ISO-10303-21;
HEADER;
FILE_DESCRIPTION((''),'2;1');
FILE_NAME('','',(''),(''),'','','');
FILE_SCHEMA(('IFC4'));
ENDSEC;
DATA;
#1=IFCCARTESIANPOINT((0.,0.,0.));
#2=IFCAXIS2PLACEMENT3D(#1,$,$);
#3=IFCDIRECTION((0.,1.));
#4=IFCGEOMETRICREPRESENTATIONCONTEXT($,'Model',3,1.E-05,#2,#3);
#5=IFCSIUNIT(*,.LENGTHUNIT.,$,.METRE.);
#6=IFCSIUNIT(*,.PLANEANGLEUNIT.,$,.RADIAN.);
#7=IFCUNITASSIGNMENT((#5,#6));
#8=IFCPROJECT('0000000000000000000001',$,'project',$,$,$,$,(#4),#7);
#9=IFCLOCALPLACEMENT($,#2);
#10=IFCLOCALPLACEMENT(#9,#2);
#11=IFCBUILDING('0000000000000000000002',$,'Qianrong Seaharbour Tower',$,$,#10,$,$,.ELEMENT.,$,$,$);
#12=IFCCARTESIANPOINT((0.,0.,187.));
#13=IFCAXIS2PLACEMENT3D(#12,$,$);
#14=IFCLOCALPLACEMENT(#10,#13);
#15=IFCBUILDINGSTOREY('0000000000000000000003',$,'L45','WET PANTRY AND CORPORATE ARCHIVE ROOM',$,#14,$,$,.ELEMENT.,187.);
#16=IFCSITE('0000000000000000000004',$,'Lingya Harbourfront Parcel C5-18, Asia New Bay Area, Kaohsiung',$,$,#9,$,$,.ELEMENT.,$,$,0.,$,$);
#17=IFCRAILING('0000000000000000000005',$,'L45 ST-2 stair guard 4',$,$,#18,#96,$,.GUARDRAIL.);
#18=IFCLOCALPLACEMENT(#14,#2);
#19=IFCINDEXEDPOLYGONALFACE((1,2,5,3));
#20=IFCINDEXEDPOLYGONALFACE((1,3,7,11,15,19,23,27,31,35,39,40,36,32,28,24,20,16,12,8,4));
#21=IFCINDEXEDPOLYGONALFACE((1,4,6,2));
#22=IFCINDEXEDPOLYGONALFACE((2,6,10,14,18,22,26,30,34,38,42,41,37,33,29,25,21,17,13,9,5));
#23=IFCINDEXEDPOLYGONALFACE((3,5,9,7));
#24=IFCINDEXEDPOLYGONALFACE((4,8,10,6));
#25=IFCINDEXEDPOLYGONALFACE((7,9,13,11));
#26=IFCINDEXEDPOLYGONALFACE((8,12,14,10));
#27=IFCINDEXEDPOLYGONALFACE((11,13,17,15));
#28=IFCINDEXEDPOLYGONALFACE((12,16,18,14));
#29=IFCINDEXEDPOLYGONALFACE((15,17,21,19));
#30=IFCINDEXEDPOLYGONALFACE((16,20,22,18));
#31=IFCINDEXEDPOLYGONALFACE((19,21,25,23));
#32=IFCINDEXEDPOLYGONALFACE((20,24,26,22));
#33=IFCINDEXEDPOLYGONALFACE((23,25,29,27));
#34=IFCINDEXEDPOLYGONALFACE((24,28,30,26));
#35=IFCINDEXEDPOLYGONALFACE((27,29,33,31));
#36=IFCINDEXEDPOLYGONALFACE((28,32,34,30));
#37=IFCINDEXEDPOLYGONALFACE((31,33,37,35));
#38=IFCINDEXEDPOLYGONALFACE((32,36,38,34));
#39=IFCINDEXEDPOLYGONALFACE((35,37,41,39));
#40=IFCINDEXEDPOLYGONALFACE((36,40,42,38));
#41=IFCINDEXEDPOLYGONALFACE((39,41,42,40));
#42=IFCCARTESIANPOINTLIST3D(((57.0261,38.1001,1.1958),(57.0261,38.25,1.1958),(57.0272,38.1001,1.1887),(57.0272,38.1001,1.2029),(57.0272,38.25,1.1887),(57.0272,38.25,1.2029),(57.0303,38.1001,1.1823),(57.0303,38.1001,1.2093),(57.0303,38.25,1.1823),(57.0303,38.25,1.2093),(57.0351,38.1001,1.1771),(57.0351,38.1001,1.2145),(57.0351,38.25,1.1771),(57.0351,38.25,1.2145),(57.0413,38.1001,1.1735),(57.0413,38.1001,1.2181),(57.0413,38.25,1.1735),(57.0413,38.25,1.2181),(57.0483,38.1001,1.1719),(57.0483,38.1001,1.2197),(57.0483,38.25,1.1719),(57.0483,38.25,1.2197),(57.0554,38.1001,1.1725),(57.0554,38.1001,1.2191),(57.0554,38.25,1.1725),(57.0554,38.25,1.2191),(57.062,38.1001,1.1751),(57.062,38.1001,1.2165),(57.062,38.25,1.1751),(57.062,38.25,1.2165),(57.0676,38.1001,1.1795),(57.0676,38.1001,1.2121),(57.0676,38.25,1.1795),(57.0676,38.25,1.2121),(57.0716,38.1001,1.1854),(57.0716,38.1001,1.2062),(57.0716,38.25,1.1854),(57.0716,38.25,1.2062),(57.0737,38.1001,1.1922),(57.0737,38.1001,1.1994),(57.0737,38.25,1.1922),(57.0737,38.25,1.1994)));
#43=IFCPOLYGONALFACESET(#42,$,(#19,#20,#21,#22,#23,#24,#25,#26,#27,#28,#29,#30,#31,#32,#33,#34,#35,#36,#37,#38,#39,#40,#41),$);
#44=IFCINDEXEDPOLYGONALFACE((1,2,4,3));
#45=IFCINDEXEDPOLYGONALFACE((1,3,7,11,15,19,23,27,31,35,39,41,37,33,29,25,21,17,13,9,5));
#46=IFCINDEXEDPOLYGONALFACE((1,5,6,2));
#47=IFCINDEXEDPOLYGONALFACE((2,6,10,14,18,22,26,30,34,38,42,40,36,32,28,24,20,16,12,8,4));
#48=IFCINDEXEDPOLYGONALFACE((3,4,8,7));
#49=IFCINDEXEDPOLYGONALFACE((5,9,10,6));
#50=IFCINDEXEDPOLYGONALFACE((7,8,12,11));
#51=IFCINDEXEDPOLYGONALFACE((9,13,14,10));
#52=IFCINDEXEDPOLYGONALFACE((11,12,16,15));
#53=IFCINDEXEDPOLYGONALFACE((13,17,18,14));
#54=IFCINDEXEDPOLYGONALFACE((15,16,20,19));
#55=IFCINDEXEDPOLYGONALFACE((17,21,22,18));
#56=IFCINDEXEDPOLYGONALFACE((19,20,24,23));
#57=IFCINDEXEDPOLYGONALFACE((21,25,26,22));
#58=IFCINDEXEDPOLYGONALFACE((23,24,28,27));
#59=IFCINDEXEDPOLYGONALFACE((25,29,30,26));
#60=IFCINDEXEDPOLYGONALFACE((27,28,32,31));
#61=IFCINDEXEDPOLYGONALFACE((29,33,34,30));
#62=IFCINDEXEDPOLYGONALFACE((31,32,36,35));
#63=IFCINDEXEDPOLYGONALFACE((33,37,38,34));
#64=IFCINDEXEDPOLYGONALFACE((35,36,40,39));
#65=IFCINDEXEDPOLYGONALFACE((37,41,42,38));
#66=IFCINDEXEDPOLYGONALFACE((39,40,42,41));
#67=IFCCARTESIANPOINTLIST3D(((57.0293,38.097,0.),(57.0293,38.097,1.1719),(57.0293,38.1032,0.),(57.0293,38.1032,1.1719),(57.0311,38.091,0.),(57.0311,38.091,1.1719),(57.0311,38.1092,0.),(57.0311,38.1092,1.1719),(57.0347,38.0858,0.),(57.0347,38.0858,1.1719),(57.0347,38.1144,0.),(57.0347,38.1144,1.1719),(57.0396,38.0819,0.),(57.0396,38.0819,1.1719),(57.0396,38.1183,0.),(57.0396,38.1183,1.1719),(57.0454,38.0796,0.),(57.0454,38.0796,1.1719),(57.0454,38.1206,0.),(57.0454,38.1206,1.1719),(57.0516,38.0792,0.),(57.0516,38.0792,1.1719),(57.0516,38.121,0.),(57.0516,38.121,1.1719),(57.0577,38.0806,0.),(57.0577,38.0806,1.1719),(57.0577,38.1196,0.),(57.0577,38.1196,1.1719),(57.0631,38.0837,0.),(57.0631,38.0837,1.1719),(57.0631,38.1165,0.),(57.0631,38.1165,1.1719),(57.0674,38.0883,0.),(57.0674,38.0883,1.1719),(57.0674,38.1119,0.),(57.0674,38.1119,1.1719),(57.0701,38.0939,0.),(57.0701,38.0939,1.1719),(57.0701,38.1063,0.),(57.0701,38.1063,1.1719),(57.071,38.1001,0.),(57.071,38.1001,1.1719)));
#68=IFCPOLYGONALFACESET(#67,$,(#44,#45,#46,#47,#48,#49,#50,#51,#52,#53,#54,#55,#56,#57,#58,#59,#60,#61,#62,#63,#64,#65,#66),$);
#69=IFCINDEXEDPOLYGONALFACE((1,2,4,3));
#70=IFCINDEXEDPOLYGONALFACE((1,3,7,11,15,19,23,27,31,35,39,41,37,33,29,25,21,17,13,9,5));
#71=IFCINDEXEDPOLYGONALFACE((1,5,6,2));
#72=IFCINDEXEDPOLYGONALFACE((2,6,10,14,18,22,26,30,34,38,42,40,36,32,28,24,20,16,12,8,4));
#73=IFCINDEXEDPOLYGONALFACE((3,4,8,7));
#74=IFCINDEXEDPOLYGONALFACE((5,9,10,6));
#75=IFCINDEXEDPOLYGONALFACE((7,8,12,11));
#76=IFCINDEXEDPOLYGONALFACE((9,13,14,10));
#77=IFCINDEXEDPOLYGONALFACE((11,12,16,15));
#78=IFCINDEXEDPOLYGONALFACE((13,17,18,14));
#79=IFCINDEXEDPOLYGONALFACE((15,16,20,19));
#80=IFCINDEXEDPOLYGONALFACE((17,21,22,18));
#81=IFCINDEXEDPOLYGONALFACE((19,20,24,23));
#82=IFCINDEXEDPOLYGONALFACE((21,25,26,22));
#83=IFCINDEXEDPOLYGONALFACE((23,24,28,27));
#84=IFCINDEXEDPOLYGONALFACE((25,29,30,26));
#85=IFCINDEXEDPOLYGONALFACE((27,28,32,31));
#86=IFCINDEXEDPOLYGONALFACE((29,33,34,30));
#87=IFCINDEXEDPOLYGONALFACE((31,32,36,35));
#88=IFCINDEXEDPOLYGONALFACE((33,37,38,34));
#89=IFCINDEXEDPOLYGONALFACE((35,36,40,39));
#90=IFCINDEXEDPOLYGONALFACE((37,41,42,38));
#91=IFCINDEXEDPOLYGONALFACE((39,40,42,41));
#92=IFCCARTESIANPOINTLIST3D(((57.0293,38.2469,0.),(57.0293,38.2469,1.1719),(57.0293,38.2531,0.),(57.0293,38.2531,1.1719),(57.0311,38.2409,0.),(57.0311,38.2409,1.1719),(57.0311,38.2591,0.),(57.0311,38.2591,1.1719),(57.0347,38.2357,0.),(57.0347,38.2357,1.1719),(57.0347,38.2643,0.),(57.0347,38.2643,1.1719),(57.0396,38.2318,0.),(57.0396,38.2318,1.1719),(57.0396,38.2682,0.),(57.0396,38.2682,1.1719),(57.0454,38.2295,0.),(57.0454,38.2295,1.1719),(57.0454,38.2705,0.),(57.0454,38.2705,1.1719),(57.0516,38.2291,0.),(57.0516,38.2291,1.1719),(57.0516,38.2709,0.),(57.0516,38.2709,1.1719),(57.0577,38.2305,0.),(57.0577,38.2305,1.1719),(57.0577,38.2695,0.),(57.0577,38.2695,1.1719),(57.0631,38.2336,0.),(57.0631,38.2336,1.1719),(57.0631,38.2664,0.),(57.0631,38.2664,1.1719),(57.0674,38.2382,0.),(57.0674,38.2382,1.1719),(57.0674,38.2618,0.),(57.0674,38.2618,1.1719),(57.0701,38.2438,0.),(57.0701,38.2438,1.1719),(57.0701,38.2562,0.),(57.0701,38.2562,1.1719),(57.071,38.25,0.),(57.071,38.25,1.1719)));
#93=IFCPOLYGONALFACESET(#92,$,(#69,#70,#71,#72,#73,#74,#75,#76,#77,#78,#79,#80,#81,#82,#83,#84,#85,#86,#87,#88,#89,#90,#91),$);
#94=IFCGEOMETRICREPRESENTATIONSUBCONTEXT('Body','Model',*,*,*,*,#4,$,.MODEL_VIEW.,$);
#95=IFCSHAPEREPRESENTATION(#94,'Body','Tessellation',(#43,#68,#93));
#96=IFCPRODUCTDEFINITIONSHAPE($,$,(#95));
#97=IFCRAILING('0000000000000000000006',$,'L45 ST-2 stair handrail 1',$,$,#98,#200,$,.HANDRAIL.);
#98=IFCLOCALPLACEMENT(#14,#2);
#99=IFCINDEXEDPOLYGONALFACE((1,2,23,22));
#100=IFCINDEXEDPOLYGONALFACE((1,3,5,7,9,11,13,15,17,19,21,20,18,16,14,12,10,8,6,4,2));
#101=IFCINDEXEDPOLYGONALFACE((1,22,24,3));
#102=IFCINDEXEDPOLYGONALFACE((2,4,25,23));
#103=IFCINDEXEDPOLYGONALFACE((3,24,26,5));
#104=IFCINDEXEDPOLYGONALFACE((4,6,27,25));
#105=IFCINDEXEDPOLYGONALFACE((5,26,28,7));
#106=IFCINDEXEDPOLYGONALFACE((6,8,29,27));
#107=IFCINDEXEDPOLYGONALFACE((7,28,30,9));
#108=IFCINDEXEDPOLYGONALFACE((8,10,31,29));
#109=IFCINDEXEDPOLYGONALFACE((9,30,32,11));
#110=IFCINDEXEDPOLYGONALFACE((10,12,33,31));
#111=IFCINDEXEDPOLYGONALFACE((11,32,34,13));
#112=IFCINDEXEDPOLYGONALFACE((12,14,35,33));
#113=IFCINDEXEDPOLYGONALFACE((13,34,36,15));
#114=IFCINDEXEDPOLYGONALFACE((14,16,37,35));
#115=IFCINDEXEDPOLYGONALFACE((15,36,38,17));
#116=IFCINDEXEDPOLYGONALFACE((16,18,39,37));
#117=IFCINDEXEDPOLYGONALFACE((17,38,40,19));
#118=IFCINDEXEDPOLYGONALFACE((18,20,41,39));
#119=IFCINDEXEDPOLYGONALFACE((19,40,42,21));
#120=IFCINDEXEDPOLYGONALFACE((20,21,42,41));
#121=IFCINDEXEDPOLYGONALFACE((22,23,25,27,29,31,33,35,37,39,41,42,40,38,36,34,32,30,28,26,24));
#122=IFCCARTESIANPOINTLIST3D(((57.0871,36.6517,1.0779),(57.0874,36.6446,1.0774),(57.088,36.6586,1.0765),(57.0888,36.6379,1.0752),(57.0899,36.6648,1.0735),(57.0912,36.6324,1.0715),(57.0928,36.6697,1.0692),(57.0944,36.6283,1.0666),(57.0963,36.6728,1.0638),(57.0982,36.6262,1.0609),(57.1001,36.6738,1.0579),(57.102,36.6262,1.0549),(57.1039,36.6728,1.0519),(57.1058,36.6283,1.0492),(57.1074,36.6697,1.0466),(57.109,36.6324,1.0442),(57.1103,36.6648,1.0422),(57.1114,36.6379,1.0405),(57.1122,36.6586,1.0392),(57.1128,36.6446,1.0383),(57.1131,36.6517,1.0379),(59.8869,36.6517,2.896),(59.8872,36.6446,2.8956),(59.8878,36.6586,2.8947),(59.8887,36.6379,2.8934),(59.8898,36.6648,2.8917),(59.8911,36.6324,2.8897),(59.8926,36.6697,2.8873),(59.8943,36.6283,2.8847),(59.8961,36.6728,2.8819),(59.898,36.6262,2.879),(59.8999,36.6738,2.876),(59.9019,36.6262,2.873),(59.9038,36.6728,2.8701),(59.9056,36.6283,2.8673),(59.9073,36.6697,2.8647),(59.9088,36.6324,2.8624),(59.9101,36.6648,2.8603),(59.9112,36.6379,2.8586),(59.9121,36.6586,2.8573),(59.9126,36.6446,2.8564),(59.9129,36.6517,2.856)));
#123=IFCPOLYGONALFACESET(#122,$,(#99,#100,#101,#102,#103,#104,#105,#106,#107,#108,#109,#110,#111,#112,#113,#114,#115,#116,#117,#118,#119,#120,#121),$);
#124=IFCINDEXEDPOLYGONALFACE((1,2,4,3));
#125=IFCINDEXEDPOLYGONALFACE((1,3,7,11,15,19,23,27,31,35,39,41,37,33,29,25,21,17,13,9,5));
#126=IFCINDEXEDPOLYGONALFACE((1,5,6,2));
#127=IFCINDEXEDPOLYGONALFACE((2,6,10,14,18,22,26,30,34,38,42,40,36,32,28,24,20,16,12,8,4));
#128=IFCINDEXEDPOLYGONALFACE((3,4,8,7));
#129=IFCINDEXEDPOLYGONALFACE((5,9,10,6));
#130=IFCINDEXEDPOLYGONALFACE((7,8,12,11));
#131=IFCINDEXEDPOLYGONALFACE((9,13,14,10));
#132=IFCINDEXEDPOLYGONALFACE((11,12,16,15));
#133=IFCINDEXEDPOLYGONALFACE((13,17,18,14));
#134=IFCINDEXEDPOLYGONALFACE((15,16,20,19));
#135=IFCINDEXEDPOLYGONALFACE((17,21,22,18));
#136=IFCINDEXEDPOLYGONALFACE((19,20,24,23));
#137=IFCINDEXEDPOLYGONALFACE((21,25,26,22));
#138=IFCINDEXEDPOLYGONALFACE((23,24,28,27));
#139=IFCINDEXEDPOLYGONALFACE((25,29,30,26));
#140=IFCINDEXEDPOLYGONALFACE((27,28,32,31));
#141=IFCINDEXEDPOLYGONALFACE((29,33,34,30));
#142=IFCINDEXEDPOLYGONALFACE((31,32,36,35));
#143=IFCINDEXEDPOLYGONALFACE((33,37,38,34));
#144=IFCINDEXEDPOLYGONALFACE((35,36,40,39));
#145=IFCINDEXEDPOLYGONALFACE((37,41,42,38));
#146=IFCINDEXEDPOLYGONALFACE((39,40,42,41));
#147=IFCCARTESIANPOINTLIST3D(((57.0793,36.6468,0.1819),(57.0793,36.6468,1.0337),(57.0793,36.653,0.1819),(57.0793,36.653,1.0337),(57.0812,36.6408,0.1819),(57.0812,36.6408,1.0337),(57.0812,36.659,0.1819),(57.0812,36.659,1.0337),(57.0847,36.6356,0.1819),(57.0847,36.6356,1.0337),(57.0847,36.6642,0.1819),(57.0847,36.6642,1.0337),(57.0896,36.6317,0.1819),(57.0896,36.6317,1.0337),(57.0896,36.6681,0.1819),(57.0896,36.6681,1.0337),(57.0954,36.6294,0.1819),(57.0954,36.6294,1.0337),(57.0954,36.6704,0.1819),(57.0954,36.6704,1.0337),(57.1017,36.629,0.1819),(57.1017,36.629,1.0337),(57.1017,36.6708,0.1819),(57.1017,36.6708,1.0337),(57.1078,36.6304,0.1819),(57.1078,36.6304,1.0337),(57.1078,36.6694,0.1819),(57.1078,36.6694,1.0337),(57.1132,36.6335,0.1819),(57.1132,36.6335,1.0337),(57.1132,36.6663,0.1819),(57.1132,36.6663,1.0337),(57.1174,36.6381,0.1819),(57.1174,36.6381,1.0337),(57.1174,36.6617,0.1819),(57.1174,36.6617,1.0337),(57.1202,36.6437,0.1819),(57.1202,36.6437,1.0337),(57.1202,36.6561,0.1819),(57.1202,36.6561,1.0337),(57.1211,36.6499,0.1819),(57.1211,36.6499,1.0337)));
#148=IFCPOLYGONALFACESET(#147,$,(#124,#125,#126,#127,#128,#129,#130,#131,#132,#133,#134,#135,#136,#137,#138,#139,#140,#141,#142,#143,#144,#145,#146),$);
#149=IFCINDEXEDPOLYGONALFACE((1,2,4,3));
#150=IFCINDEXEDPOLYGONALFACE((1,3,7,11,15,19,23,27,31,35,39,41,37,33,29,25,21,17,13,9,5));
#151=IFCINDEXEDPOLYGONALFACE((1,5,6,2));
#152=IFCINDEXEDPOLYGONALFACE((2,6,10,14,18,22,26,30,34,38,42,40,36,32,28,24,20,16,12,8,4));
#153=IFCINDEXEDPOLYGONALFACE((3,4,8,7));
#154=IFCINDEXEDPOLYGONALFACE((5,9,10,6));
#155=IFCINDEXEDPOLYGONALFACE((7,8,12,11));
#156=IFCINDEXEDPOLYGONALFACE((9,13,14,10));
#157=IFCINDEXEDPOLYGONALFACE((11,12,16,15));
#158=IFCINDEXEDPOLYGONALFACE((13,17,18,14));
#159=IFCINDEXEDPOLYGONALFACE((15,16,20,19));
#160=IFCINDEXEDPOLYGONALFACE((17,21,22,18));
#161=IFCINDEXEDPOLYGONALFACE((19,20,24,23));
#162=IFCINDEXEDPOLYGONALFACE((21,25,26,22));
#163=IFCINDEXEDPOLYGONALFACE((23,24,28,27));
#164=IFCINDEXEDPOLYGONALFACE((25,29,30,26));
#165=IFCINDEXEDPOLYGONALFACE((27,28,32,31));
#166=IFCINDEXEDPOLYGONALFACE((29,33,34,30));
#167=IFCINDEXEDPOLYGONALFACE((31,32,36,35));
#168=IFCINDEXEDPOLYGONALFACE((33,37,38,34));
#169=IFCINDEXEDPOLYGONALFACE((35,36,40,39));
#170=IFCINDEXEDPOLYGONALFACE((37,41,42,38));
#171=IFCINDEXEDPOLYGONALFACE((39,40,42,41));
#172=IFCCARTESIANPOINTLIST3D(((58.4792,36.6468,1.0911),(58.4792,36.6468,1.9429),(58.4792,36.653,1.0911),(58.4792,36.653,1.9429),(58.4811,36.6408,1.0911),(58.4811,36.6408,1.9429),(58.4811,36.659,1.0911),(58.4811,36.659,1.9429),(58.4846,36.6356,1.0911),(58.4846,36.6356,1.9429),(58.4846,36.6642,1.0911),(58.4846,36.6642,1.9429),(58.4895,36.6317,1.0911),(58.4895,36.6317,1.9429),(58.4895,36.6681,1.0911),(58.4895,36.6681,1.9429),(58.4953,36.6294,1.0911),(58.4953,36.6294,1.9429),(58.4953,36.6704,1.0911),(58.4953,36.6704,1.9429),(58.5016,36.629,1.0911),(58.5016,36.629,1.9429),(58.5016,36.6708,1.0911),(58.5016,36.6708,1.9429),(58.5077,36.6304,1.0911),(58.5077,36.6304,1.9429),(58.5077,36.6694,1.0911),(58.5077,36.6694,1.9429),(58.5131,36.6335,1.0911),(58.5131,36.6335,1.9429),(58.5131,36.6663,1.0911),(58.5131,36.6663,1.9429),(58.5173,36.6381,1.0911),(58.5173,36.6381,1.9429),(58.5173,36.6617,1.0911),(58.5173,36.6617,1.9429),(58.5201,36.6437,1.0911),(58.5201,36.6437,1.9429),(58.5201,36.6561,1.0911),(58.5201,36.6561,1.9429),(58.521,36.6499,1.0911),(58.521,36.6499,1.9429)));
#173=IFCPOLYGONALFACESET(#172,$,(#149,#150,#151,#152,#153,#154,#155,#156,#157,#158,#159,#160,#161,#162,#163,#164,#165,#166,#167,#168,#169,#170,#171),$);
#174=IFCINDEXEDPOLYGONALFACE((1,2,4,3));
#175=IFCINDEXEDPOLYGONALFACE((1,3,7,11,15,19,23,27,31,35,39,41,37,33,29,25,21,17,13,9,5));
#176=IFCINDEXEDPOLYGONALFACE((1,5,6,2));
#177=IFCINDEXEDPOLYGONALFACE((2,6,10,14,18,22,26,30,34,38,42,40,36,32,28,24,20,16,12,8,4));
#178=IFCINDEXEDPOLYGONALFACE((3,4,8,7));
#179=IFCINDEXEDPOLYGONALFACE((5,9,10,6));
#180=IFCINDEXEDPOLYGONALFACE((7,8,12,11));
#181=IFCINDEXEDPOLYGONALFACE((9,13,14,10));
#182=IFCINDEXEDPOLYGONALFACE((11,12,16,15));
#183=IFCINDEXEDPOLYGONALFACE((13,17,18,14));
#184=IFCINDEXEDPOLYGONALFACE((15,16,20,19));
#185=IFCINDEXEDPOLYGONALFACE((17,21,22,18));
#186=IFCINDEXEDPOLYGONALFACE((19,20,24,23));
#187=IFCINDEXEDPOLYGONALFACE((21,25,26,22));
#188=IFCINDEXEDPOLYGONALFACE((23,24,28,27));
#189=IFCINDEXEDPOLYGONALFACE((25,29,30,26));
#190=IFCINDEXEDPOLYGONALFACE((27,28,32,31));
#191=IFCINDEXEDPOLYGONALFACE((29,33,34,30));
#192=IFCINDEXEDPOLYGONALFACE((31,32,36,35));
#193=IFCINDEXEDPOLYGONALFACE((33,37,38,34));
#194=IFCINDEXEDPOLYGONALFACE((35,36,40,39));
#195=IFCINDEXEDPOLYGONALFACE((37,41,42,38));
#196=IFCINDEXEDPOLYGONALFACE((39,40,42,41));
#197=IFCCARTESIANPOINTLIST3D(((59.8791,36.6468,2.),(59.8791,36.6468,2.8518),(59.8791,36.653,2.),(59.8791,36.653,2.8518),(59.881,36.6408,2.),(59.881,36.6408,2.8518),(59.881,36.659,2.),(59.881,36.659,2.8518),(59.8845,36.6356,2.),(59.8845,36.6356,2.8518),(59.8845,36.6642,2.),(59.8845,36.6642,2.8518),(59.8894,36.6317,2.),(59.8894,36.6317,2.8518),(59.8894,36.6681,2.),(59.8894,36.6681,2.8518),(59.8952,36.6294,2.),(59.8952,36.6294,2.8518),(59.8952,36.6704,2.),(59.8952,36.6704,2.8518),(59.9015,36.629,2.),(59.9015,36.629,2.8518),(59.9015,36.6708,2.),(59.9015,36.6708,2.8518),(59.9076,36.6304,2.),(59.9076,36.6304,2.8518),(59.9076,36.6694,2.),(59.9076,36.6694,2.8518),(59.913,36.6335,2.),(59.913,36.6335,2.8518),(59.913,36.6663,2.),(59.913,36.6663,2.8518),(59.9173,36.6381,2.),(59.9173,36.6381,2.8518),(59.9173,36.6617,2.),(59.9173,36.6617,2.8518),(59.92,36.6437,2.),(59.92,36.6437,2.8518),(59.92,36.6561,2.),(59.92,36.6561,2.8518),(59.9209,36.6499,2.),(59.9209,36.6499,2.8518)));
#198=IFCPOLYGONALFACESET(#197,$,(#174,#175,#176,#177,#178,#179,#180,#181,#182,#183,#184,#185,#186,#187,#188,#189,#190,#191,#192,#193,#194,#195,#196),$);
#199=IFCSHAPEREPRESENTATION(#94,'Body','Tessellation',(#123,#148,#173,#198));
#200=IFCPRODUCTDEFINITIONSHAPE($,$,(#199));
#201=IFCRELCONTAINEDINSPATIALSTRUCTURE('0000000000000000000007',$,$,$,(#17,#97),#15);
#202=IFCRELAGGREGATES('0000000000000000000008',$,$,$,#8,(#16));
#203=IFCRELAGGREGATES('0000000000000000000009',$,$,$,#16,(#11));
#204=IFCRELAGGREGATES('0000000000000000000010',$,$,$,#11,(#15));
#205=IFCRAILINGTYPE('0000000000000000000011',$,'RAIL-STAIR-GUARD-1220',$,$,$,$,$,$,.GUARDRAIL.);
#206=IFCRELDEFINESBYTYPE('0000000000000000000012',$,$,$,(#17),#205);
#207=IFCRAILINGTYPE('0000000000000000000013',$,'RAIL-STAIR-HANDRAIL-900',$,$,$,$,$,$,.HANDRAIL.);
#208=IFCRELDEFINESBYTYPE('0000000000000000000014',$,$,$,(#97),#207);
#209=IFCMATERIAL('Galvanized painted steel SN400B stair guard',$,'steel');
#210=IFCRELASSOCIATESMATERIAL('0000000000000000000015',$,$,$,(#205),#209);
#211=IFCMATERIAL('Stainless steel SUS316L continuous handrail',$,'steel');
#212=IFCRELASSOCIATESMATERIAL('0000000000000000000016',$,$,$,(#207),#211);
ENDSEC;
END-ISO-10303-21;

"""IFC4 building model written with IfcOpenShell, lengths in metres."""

from ifc_helpers import new_model, si_unit, direction, frame, origin, origin_2d, place, context, subcontext, project, spatial, circle, extrude, material, type_object, element, save


model = new_model("IFC4")

# Units and contexts
model_context = context("Model", 3, precision=1e-05, world=origin(), true_north=direction((0.0, 1.0)))
body_context = subcontext(model_context, "Body", "Model", "MODEL_VIEW")
ifc_project = project(units=[si_unit("LENGTHUNIT", "METRE"), si_unit("PLANEANGLEUNIT", "RADIAN")], contexts=[model_context])

# Site, building, storey
site_placement = place(None, origin())
site = spatial("IfcSite", under=ifc_project, at=site_placement, Name="Lingya Harbourfront Parcel C5-18, Asia New Bay Area, Kaohsiung", CompositionType="ELEMENT", RefElevation=0.0)
building_placement = place(site_placement, origin())
building = spatial("IfcBuilding", under=site, at=building_placement, Name="Qianrong Seaharbour Tower", CompositionType="ELEMENT")
storey_placement = place(building_placement, frame((0.0, 0.0, 187.0)))
storey = spatial("IfcBuildingStorey", under=building, at=storey_placement, Name="L45", Description="WET PANTRY AND CORPORATE ARCHIVE ROOM", CompositionType="ELEMENT", Elevation=187.0)

# Railings
ifc_material_1 = material(Name="Galvanized painted steel SN400B stair guard", Category="steel")
railing_type_1 = type_object("IfcRailingType", Name="RAIL-STAIR-GUARD-1220", PredefinedType="GUARDRAIL", material=ifc_material_1)
railing_1_placement = place(storey_placement, frame((57.05, 38.1001, 0.0)))
element("IfcRailing", 1, at=railing_1_placement, inside=storey, type_object=railing_type_1, Name="L45 ST-2 stair guard 4", PredefinedType="GUARDRAIL", context=body_context, shape_type="SweptSolid", body=[
    extrude(circle(Radius=0.0239, at=origin_2d()), frame((0.0, 0.0, 1.1958), z_axis=(0.0, 1.0, 0.0), x_axis=(-1.0, 0.0, 0.0)), (0.0, 0.0, 1.0), 0.1499),
    extrude(circle(Radius=0.021, at=origin_2d()), origin(), (0.0, 0.0, 1.0), 1.1719),
    extrude(circle(Radius=0.021, at=origin_2d()), frame((0.0, 0.1499, 0.0)), (0.0, 0.0, 1.0), 1.1719),
])
ifc_material_2 = material(Name="Stainless steel SUS316L continuous handrail", Category="steel")
railing_type_2 = type_object("IfcRailingType", Name="RAIL-STAIR-HANDRAIL-900", PredefinedType="HANDRAIL", material=ifc_material_2)
railing_2_placement = place(storey_placement, frame((57.1001, 36.6499, 0.1819)))
element("IfcRailing", 2, at=railing_2_placement, inside=storey, type_object=railing_type_2, Name="L45 ST-2 stair handrail 1", PredefinedType="HANDRAIL", context=body_context, shape_type="SweptSolid", body=[
    extrude(circle(Radius=0.0239, at=origin_2d()), frame((0.0, 0.0, 0.876), z_axis=(0.838684, 0.0, 0.544618), x_axis=(0.0, 1.0, 0.0)), (0.0, 0.0, 1.0), 3.3384),
    extrude(circle(Radius=0.021, at=origin_2d()), origin(), (0.0, 0.0, 1.0), 0.8518),
    extrude(circle(Radius=0.021, at=origin_2d()), frame((1.3999, 0.0, 0.9092)), (0.0, 0.0, 1.0), 0.8518),
    extrude(circle(Radius=0.021, at=origin_2d()), frame((2.7998, 0.0, 1.8181)), (0.0, 0.0, 1.0), 0.8518),
])

save(model, "model.ifc")
